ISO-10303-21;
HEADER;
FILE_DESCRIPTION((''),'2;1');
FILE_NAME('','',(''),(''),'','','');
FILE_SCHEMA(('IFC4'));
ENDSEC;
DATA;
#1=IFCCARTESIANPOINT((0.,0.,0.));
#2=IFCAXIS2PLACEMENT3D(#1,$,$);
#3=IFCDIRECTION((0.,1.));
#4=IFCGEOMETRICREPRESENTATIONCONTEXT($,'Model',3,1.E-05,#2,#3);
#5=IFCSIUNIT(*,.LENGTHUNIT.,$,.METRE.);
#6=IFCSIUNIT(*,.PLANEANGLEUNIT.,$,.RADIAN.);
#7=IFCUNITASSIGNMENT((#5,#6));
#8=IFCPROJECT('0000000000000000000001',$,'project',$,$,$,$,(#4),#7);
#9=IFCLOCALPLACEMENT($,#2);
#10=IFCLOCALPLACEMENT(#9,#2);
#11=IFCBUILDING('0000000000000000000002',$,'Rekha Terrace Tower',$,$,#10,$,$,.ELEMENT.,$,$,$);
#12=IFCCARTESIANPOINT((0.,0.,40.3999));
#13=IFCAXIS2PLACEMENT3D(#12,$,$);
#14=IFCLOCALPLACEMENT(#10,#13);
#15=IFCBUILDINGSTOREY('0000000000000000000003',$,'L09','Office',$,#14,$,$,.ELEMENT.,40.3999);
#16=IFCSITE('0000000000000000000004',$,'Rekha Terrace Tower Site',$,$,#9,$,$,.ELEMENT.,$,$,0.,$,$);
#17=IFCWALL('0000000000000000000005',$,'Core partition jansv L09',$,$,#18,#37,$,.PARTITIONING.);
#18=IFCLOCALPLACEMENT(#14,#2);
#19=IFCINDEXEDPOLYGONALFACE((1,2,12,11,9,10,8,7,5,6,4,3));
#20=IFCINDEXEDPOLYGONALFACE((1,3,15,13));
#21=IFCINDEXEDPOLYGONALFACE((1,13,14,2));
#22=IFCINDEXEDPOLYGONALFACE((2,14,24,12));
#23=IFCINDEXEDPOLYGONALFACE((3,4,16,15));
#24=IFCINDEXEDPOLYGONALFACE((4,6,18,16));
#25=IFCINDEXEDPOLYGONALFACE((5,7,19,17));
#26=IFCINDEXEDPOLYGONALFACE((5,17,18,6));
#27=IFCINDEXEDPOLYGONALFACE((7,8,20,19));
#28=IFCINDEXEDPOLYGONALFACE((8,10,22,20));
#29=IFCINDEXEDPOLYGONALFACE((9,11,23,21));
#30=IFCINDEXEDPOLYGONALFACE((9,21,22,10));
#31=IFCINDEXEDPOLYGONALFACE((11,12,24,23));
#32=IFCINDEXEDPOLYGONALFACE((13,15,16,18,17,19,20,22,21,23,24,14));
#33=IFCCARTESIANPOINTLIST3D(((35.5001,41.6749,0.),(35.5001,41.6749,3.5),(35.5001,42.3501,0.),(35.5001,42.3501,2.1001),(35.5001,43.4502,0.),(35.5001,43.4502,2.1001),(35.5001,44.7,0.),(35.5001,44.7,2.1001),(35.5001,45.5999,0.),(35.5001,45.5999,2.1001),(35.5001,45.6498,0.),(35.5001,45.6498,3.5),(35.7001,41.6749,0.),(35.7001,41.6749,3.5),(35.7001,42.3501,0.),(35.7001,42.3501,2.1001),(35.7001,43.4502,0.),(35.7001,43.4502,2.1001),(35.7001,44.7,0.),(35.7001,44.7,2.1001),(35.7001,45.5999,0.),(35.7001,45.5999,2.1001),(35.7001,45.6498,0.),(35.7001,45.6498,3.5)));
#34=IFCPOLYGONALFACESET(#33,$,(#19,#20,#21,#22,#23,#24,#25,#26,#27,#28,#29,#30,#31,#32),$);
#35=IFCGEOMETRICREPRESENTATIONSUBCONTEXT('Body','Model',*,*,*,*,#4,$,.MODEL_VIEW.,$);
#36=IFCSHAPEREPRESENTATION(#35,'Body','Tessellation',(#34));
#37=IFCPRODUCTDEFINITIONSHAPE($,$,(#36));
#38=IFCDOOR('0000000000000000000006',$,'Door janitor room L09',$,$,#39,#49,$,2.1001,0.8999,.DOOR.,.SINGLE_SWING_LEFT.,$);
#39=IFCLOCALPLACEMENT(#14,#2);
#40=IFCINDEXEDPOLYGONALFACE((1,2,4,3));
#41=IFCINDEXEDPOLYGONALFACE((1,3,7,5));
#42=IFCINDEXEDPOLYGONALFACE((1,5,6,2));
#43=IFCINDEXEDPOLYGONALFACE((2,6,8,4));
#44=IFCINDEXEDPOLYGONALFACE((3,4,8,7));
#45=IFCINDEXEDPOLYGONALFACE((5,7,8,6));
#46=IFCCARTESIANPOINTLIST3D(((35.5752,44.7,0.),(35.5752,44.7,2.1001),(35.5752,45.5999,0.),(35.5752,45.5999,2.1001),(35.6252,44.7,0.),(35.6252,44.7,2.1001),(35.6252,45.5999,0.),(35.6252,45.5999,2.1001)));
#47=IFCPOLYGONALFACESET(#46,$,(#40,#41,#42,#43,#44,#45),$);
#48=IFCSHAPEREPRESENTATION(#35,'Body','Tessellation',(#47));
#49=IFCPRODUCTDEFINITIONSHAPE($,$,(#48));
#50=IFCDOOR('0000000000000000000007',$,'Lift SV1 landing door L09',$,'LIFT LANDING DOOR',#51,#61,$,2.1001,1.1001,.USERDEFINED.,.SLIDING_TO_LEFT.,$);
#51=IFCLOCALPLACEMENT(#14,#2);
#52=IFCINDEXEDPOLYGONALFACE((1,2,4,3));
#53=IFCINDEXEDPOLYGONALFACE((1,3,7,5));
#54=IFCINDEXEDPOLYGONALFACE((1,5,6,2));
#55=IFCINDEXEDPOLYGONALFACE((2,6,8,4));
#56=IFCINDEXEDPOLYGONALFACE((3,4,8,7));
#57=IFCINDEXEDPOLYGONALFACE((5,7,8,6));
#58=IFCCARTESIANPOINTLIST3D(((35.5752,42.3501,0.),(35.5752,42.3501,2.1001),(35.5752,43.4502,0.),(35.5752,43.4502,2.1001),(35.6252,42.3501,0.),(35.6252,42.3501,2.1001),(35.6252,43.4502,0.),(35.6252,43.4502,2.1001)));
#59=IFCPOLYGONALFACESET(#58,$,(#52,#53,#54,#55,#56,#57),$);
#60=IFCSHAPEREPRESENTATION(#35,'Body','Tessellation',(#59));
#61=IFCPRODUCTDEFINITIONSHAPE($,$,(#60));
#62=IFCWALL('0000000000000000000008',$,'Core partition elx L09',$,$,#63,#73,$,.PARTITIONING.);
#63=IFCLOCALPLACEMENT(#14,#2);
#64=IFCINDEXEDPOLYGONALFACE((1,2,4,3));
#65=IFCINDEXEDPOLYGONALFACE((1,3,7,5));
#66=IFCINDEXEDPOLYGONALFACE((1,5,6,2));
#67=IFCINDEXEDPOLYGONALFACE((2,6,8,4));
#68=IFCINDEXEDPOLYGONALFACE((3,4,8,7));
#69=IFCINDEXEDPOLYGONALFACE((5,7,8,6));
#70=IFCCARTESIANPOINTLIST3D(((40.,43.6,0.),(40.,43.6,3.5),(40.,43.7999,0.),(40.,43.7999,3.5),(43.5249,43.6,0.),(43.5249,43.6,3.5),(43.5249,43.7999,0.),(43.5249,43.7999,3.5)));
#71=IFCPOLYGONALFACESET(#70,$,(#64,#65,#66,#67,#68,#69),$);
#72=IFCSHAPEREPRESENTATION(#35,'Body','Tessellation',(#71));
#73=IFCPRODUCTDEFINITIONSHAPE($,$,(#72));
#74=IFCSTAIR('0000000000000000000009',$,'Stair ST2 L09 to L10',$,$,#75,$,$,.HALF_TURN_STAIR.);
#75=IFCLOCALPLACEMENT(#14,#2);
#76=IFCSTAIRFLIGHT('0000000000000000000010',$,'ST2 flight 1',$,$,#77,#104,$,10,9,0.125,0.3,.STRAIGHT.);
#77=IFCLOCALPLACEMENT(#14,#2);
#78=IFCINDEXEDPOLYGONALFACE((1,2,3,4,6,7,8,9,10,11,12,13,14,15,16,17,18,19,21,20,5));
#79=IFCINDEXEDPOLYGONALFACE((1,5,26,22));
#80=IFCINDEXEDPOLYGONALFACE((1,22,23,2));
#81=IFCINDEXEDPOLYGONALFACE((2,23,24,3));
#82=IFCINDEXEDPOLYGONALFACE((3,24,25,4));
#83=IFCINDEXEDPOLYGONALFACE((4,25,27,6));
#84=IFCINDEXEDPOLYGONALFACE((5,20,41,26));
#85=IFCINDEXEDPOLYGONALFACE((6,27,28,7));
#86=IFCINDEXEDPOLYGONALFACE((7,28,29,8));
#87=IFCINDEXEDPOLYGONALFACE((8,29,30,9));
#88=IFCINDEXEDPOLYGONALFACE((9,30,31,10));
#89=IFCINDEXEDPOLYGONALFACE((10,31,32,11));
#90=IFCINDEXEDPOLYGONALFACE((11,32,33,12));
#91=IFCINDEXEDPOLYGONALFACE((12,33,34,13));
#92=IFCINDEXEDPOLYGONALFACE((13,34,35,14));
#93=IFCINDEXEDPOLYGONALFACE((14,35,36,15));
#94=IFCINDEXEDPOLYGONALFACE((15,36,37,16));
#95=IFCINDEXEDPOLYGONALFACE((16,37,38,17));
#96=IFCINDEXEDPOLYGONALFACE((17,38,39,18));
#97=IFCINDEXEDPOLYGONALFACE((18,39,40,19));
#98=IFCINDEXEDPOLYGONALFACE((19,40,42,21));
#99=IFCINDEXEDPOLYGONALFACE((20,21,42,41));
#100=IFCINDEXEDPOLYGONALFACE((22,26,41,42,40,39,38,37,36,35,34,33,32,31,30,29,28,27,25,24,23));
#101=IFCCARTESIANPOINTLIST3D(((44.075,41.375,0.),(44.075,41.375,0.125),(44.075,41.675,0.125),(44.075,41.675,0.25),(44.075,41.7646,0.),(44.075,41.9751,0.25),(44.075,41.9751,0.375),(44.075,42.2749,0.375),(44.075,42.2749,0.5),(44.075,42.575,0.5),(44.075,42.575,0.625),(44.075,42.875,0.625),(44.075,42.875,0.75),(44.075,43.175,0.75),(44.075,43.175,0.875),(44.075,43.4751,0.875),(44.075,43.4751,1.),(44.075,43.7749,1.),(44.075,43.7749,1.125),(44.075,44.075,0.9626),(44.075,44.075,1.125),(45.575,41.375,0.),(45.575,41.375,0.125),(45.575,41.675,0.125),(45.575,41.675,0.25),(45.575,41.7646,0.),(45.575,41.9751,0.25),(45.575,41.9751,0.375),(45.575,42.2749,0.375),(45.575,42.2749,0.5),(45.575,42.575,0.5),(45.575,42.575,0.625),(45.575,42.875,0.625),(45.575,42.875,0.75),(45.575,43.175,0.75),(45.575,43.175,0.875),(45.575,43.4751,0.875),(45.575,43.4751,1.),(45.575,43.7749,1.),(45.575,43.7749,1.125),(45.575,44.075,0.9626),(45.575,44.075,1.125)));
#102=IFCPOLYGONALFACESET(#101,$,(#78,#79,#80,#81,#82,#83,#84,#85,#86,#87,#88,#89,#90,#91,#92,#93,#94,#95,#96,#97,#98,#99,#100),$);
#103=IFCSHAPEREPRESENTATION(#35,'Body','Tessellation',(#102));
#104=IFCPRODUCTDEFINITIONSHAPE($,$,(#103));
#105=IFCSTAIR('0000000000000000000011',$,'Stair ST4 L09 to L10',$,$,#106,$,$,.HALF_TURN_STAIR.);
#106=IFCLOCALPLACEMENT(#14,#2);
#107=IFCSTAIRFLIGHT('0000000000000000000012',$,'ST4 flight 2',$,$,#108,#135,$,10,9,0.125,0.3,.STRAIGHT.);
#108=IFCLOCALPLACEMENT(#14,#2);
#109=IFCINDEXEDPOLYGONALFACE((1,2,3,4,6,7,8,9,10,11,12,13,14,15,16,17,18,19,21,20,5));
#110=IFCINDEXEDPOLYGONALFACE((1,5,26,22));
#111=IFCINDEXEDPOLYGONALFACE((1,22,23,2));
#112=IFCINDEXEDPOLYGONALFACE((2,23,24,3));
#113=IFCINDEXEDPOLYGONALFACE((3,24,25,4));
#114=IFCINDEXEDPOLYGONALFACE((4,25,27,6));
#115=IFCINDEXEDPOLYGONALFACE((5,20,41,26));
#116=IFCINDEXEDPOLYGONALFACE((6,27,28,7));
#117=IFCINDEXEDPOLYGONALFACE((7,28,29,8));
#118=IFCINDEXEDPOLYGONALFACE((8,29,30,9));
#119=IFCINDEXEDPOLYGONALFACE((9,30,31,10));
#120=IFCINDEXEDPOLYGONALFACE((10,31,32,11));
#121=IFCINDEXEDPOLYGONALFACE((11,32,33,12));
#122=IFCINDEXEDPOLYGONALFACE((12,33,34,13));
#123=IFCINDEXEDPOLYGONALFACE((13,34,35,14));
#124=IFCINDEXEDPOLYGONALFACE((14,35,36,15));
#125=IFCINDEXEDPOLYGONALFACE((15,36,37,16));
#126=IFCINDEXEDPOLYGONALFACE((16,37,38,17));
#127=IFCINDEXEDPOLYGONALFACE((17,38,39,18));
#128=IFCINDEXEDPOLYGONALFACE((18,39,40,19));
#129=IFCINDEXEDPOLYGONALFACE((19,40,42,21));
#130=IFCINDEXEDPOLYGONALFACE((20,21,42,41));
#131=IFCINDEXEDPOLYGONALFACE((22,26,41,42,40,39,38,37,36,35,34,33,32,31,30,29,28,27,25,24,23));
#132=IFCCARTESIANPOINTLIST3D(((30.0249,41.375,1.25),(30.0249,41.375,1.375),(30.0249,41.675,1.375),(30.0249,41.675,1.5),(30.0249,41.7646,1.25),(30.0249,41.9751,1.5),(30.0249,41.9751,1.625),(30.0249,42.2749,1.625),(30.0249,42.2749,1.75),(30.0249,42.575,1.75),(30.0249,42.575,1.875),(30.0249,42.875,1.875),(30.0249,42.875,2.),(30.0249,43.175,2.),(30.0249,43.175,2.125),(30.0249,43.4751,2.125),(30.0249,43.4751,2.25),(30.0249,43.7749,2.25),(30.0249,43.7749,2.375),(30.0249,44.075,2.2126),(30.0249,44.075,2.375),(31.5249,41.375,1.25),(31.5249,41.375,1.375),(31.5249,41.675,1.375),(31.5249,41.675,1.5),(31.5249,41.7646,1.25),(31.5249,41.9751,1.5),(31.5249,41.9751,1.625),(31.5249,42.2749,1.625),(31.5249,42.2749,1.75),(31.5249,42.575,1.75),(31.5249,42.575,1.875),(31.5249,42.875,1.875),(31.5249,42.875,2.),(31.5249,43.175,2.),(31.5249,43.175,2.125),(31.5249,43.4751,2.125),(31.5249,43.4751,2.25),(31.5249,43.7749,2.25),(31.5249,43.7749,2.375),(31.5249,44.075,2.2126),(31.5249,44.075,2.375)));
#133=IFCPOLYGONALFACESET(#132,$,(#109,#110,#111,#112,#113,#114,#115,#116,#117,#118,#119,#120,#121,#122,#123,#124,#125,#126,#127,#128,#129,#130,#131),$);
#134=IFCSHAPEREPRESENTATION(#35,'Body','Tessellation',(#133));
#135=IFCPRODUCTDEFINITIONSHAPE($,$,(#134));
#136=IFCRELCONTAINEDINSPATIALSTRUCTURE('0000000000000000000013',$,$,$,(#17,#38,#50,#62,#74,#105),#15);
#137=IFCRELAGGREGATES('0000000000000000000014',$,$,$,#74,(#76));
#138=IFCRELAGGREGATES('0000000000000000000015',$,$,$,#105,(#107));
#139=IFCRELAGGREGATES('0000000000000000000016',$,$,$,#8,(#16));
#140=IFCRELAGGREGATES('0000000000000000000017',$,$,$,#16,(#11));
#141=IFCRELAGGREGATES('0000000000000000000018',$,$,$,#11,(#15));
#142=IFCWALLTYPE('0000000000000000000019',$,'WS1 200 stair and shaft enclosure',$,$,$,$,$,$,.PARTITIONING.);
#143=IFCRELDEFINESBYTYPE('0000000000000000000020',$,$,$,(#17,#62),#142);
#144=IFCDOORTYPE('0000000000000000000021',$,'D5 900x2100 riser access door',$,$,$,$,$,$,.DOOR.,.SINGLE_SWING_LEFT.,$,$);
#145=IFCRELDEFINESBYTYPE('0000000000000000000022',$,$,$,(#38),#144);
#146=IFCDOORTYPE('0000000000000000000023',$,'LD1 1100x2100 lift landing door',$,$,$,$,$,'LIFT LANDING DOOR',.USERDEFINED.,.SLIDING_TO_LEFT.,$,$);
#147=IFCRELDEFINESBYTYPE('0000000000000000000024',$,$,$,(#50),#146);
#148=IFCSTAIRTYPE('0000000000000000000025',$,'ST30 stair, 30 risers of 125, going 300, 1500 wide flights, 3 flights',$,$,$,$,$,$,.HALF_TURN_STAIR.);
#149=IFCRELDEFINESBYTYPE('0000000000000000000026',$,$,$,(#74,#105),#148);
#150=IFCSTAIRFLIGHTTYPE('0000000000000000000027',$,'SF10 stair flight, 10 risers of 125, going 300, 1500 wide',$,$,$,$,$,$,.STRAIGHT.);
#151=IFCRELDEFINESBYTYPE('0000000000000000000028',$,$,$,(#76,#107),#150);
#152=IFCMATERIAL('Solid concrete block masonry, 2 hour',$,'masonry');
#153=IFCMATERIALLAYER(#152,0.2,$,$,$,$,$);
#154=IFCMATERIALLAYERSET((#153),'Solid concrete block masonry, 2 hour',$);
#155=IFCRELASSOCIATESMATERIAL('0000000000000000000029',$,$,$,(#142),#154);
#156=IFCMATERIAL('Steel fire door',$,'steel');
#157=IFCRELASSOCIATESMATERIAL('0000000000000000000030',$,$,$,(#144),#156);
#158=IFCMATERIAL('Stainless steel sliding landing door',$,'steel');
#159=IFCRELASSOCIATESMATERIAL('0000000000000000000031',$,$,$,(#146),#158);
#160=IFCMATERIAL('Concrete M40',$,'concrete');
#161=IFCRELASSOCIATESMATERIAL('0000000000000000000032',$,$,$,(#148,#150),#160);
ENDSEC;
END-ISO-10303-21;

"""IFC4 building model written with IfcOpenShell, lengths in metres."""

from ifc_helpers import new_model, si_unit, direction, frame, frame_2d, origin, place, context, subcontext, project, spatial, polyline, rectangle, outline, extrude, material, layer, layer_set, type_object, element, fill, aggregate, save


model = new_model("IFC4")

# Units and contexts
model_context = context("Model", 3, precision=1e-05, world=origin(), true_north=direction((0.0, 1.0)))
body_context = subcontext(model_context, "Body", "Model", "MODEL_VIEW")
ifc_project = project(units=[si_unit("LENGTHUNIT", "METRE"), si_unit("PLANEANGLEUNIT", "RADIAN")], contexts=[model_context])

# Site, building, storey
site_placement = place(None, origin())
site = spatial("IfcSite", under=ifc_project, at=site_placement, Name="Rekha Terrace Tower Site", CompositionType="ELEMENT", RefElevation=0.0)
building_placement = place(site_placement, origin())
building = spatial("IfcBuilding", under=site, at=building_placement, Name="Rekha Terrace Tower", CompositionType="ELEMENT")
storey_placement = place(building_placement, frame((0.0, 0.0, 40.3999)))
storey = spatial("IfcBuildingStorey", under=building, at=storey_placement, Name="L09", Description="Office", CompositionType="ELEMENT", Elevation=40.3999)

# Shared definitions
ifc_material_1 = material(Name="Steel fire door", Category="steel")

# Shared definitions
ifc_material_2 = material(Name="Solid concrete block masonry, 2 hour", Category="masonry")
ifc_layer_1 = layer(ifc_material_2, 0.2)
ifc_layer_set_1 = layer_set([ifc_layer_1], Name="Solid concrete block masonry, 2 hour")
wall_type_1 = type_object("IfcWallType", Name="WS1 200 stair and shaft enclosure", PredefinedType="PARTITIONING", material=ifc_layer_set_1)

# Wall, openings, doors
door_type_1 = type_object("IfcDoorType", Name="D5 900x2100 riser access door", OperationType="SINGLE_SWING_LEFT", PredefinedType="DOOR", material=ifc_material_1)
wall_1_placement = place(storey_placement, frame((35.6001, 41.675, 0.0), z_axis=(0.0, 0.0, 1.0), x_axis=(0.0, 1.0, 0.0)))
wall_1 = element("IfcWall", 1, at=wall_1_placement, inside=storey, type_object=wall_type_1, Name="Core partition jansv L09", PredefinedType="PARTITIONING", context=body_context, shape_type="SweptSolid", body=[
    extrude(rectangle(XDim=3.9749, YDim=0.2, at=frame_2d((1.9873, 0.0))), origin(), (0.0, 0.0, 1.0), 3.5),
])
opening_1_placement = place(wall_1_placement, frame((3.0249, 0.0, 0.0)))
opening_1 = element("IfcOpeningElement", 2, at=opening_1_placement, cuts=wall_1, PredefinedType="OPENING", context=body_context, shape_type="SweptSolid", body=[
    extrude(rectangle(XDim=0.8999, YDim=2.1001, at=frame_2d((0.45, 1.05))), frame((0.0, 0.1099, 0.0), z_axis=(0.0, -1.0, 0.0), x_axis=(1.0, 0.0, 0.0)), (0.0, 0.0, 1.0), 0.22),
])
opening_2_placement = place(wall_1_placement, frame((0.675, 0.0, 0.0)))
opening_2 = element("IfcOpeningElement", 3, at=opening_2_placement, cuts=wall_1, PredefinedType="OPENING", context=body_context, shape_type="SweptSolid", body=[
    extrude(rectangle(XDim=1.1001, YDim=2.1001, at=frame_2d((0.55, 1.05))), frame((0.0, 0.1099, 0.0), z_axis=(0.0, -1.0, 0.0), x_axis=(1.0, 0.0, 0.0)), (0.0, 0.0, 1.0), 0.22),
])
door_1_placement = place(opening_1_placement, origin())
door_1 = element("IfcDoor", 4, at=door_1_placement, inside=storey, type_object=door_type_1, Name="Door janitor room L09", OperationType="SINGLE_SWING_LEFT", OverallHeight=2.1001, OverallWidth=0.8999, PredefinedType="DOOR", context=body_context, shape_type="SweptSolid", body=[
    extrude(rectangle(XDim=0.8999, YDim=2.1001, at=frame_2d((0.45, 1.05))), frame((0.0, 0.0249, 0.0), z_axis=(0.0, -1.0, 0.0), x_axis=(1.0, 0.0, 0.0)), (0.0, 0.0, 1.0), 0.05),
])
fill(opening_1, door_1)
ifc_material_3 = material(Name="Stainless steel sliding landing door", Category="steel")
door_type_2 = type_object("IfcDoorType", Name="LD1 1100x2100 lift landing door", ElementType="LIFT LANDING DOOR", OperationType="SLIDING_TO_LEFT", PredefinedType="USERDEFINED", material=ifc_material_3)
door_2_placement = place(opening_2_placement, origin())
door_2 = element("IfcDoor", 5, at=door_2_placement, inside=storey, type_object=door_type_2, Name="Lift SV1 landing door L09", ObjectType="LIFT LANDING DOOR", OperationType="SLIDING_TO_LEFT", OverallHeight=2.1001, OverallWidth=1.1001, PredefinedType="USERDEFINED", context=body_context, shape_type="SweptSolid", body=[
    extrude(rectangle(XDim=1.1001, YDim=2.1001, at=frame_2d((0.55, 1.05))), frame((0.0, 0.0249, 0.0), z_axis=(0.0, -1.0, 0.0), x_axis=(1.0, 0.0, 0.0)), (0.0, 0.0, 1.0), 0.05),
])
fill(opening_2, door_2)

# Wall
wall_2_placement = place(storey_placement, frame((40.0, 43.7, 0.0), z_axis=(0.0, 0.0, 1.0), x_axis=(1.0, 0.0, 0.0)))
element("IfcWall", 6, at=wall_2_placement, inside=storey, type_object=wall_type_1, Name="Core partition elx L09", PredefinedType="PARTITIONING", context=body_context, shape_type="SweptSolid", body=[
    extrude(rectangle(XDim=3.5249, YDim=0.2, at=frame_2d((1.7625, 0.0))), origin(), (0.0, 0.0, 1.0), 3.5),
])

# Stairs, stair flights
ifc_material_4 = material(Name="Concrete M40", Category="concrete")
stair_type = type_object("IfcStairType", Name="ST30 stair, 30 risers of 125, going 300, 1500 wide flights, 3 flights", PredefinedType="HALF_TURN_STAIR", material=ifc_material_4)
stair_1_placement = place(storey_placement, origin())
stair_1 = element("IfcStair", 7, at=stair_1_placement, inside=storey, type_object=stair_type, Name="Stair ST2 L09 to L10", PredefinedType="HALF_TURN_STAIR")
stair_flight_type = type_object("IfcStairFlightType", Name="SF10 stair flight, 10 risers of 125, going 300, 1500 wide", PredefinedType="STRAIGHT", material=ifc_material_4)
stair_flight_1_placement = place(storey_placement, frame((44.825, 41.375, 0.0), z_axis=(0.0, 0.0, 1.0), x_axis=(0.0, 1.0, 0.0)))
stair_flight_1 = element("IfcStairFlight", 8, at=stair_flight_1_placement, type_object=stair_flight_type, Name="ST2 flight 1", NumberOfRisers=10, NumberOfTreads=9, PredefinedType="STRAIGHT", RiserHeight=0.125, TreadLength=0.3, context=body_context, shape_type="SweptSolid", body=[
    extrude(outline(polyline([(0.0, 0.0), (0.0, 0.125), (0.3, 0.125), (0.3, 0.25), (0.6001, 0.25), (0.6001, 0.375), (0.8999, 0.375), (0.8999, 0.5), (1.2, 0.5), (1.2, 0.625), (1.5, 0.625), (1.5, 0.75), (1.8, 0.75), (1.8, 0.875), (2.1001, 0.875), (2.1001, 1.0), (2.3999, 1.0), (2.3999, 1.125), (2.7, 1.125), (2.7, 1.25), (2.7, 0.9626), (0.3896, 0.0), (0.0, 0.0)])), frame((0.0, 0.75, 0.0), z_axis=(0.0, -1.0, 0.0), x_axis=(1.0, 0.0, 0.0)), (0.0, 0.0, 1.0), 1.5),
])
aggregate(stair_1, [stair_flight_1])
stair_2_placement = place(storey_placement, origin())
stair_2 = element("IfcStair", 9, at=stair_2_placement, inside=storey, type_object=stair_type, Name="Stair ST4 L09 to L10", PredefinedType="HALF_TURN_STAIR")
stair_flight_2_placement = place(storey_placement, frame((30.7749, 41.375, 1.25), z_axis=(0.0, 0.0, 1.0), x_axis=(0.0, 1.0, 0.0)))
stair_flight_2 = element("IfcStairFlight", 10, at=stair_flight_2_placement, type_object=stair_flight_type, Name="ST4 flight 2", NumberOfRisers=10, NumberOfTreads=9, PredefinedType="STRAIGHT", RiserHeight=0.125, TreadLength=0.3, context=body_context, shape_type="SweptSolid", body=[
    extrude(outline(polyline([(0.0, 0.0), (0.0, 0.125), (0.3, 0.125), (0.3, 0.25), (0.6001, 0.25), (0.6001, 0.375), (0.8999, 0.375), (0.8999, 0.5), (1.2, 0.5), (1.2, 0.625), (1.5, 0.625), (1.5, 0.75), (1.8, 0.75), (1.8, 0.875), (2.1001, 0.875), (2.1001, 1.0), (2.3999, 1.0), (2.3999, 1.125), (2.7, 1.125), (2.7, 1.25), (2.7, 0.9626), (0.3896, 0.0), (0.0, 0.0)])), frame((0.0, 0.75, 0.0), z_axis=(0.0, -1.0, 0.0), x_axis=(1.0, 0.0, 0.0)), (0.0, 0.0, 1.0), 1.5),
])
aggregate(stair_2, [stair_flight_2])

save(model, "model.ifc")
